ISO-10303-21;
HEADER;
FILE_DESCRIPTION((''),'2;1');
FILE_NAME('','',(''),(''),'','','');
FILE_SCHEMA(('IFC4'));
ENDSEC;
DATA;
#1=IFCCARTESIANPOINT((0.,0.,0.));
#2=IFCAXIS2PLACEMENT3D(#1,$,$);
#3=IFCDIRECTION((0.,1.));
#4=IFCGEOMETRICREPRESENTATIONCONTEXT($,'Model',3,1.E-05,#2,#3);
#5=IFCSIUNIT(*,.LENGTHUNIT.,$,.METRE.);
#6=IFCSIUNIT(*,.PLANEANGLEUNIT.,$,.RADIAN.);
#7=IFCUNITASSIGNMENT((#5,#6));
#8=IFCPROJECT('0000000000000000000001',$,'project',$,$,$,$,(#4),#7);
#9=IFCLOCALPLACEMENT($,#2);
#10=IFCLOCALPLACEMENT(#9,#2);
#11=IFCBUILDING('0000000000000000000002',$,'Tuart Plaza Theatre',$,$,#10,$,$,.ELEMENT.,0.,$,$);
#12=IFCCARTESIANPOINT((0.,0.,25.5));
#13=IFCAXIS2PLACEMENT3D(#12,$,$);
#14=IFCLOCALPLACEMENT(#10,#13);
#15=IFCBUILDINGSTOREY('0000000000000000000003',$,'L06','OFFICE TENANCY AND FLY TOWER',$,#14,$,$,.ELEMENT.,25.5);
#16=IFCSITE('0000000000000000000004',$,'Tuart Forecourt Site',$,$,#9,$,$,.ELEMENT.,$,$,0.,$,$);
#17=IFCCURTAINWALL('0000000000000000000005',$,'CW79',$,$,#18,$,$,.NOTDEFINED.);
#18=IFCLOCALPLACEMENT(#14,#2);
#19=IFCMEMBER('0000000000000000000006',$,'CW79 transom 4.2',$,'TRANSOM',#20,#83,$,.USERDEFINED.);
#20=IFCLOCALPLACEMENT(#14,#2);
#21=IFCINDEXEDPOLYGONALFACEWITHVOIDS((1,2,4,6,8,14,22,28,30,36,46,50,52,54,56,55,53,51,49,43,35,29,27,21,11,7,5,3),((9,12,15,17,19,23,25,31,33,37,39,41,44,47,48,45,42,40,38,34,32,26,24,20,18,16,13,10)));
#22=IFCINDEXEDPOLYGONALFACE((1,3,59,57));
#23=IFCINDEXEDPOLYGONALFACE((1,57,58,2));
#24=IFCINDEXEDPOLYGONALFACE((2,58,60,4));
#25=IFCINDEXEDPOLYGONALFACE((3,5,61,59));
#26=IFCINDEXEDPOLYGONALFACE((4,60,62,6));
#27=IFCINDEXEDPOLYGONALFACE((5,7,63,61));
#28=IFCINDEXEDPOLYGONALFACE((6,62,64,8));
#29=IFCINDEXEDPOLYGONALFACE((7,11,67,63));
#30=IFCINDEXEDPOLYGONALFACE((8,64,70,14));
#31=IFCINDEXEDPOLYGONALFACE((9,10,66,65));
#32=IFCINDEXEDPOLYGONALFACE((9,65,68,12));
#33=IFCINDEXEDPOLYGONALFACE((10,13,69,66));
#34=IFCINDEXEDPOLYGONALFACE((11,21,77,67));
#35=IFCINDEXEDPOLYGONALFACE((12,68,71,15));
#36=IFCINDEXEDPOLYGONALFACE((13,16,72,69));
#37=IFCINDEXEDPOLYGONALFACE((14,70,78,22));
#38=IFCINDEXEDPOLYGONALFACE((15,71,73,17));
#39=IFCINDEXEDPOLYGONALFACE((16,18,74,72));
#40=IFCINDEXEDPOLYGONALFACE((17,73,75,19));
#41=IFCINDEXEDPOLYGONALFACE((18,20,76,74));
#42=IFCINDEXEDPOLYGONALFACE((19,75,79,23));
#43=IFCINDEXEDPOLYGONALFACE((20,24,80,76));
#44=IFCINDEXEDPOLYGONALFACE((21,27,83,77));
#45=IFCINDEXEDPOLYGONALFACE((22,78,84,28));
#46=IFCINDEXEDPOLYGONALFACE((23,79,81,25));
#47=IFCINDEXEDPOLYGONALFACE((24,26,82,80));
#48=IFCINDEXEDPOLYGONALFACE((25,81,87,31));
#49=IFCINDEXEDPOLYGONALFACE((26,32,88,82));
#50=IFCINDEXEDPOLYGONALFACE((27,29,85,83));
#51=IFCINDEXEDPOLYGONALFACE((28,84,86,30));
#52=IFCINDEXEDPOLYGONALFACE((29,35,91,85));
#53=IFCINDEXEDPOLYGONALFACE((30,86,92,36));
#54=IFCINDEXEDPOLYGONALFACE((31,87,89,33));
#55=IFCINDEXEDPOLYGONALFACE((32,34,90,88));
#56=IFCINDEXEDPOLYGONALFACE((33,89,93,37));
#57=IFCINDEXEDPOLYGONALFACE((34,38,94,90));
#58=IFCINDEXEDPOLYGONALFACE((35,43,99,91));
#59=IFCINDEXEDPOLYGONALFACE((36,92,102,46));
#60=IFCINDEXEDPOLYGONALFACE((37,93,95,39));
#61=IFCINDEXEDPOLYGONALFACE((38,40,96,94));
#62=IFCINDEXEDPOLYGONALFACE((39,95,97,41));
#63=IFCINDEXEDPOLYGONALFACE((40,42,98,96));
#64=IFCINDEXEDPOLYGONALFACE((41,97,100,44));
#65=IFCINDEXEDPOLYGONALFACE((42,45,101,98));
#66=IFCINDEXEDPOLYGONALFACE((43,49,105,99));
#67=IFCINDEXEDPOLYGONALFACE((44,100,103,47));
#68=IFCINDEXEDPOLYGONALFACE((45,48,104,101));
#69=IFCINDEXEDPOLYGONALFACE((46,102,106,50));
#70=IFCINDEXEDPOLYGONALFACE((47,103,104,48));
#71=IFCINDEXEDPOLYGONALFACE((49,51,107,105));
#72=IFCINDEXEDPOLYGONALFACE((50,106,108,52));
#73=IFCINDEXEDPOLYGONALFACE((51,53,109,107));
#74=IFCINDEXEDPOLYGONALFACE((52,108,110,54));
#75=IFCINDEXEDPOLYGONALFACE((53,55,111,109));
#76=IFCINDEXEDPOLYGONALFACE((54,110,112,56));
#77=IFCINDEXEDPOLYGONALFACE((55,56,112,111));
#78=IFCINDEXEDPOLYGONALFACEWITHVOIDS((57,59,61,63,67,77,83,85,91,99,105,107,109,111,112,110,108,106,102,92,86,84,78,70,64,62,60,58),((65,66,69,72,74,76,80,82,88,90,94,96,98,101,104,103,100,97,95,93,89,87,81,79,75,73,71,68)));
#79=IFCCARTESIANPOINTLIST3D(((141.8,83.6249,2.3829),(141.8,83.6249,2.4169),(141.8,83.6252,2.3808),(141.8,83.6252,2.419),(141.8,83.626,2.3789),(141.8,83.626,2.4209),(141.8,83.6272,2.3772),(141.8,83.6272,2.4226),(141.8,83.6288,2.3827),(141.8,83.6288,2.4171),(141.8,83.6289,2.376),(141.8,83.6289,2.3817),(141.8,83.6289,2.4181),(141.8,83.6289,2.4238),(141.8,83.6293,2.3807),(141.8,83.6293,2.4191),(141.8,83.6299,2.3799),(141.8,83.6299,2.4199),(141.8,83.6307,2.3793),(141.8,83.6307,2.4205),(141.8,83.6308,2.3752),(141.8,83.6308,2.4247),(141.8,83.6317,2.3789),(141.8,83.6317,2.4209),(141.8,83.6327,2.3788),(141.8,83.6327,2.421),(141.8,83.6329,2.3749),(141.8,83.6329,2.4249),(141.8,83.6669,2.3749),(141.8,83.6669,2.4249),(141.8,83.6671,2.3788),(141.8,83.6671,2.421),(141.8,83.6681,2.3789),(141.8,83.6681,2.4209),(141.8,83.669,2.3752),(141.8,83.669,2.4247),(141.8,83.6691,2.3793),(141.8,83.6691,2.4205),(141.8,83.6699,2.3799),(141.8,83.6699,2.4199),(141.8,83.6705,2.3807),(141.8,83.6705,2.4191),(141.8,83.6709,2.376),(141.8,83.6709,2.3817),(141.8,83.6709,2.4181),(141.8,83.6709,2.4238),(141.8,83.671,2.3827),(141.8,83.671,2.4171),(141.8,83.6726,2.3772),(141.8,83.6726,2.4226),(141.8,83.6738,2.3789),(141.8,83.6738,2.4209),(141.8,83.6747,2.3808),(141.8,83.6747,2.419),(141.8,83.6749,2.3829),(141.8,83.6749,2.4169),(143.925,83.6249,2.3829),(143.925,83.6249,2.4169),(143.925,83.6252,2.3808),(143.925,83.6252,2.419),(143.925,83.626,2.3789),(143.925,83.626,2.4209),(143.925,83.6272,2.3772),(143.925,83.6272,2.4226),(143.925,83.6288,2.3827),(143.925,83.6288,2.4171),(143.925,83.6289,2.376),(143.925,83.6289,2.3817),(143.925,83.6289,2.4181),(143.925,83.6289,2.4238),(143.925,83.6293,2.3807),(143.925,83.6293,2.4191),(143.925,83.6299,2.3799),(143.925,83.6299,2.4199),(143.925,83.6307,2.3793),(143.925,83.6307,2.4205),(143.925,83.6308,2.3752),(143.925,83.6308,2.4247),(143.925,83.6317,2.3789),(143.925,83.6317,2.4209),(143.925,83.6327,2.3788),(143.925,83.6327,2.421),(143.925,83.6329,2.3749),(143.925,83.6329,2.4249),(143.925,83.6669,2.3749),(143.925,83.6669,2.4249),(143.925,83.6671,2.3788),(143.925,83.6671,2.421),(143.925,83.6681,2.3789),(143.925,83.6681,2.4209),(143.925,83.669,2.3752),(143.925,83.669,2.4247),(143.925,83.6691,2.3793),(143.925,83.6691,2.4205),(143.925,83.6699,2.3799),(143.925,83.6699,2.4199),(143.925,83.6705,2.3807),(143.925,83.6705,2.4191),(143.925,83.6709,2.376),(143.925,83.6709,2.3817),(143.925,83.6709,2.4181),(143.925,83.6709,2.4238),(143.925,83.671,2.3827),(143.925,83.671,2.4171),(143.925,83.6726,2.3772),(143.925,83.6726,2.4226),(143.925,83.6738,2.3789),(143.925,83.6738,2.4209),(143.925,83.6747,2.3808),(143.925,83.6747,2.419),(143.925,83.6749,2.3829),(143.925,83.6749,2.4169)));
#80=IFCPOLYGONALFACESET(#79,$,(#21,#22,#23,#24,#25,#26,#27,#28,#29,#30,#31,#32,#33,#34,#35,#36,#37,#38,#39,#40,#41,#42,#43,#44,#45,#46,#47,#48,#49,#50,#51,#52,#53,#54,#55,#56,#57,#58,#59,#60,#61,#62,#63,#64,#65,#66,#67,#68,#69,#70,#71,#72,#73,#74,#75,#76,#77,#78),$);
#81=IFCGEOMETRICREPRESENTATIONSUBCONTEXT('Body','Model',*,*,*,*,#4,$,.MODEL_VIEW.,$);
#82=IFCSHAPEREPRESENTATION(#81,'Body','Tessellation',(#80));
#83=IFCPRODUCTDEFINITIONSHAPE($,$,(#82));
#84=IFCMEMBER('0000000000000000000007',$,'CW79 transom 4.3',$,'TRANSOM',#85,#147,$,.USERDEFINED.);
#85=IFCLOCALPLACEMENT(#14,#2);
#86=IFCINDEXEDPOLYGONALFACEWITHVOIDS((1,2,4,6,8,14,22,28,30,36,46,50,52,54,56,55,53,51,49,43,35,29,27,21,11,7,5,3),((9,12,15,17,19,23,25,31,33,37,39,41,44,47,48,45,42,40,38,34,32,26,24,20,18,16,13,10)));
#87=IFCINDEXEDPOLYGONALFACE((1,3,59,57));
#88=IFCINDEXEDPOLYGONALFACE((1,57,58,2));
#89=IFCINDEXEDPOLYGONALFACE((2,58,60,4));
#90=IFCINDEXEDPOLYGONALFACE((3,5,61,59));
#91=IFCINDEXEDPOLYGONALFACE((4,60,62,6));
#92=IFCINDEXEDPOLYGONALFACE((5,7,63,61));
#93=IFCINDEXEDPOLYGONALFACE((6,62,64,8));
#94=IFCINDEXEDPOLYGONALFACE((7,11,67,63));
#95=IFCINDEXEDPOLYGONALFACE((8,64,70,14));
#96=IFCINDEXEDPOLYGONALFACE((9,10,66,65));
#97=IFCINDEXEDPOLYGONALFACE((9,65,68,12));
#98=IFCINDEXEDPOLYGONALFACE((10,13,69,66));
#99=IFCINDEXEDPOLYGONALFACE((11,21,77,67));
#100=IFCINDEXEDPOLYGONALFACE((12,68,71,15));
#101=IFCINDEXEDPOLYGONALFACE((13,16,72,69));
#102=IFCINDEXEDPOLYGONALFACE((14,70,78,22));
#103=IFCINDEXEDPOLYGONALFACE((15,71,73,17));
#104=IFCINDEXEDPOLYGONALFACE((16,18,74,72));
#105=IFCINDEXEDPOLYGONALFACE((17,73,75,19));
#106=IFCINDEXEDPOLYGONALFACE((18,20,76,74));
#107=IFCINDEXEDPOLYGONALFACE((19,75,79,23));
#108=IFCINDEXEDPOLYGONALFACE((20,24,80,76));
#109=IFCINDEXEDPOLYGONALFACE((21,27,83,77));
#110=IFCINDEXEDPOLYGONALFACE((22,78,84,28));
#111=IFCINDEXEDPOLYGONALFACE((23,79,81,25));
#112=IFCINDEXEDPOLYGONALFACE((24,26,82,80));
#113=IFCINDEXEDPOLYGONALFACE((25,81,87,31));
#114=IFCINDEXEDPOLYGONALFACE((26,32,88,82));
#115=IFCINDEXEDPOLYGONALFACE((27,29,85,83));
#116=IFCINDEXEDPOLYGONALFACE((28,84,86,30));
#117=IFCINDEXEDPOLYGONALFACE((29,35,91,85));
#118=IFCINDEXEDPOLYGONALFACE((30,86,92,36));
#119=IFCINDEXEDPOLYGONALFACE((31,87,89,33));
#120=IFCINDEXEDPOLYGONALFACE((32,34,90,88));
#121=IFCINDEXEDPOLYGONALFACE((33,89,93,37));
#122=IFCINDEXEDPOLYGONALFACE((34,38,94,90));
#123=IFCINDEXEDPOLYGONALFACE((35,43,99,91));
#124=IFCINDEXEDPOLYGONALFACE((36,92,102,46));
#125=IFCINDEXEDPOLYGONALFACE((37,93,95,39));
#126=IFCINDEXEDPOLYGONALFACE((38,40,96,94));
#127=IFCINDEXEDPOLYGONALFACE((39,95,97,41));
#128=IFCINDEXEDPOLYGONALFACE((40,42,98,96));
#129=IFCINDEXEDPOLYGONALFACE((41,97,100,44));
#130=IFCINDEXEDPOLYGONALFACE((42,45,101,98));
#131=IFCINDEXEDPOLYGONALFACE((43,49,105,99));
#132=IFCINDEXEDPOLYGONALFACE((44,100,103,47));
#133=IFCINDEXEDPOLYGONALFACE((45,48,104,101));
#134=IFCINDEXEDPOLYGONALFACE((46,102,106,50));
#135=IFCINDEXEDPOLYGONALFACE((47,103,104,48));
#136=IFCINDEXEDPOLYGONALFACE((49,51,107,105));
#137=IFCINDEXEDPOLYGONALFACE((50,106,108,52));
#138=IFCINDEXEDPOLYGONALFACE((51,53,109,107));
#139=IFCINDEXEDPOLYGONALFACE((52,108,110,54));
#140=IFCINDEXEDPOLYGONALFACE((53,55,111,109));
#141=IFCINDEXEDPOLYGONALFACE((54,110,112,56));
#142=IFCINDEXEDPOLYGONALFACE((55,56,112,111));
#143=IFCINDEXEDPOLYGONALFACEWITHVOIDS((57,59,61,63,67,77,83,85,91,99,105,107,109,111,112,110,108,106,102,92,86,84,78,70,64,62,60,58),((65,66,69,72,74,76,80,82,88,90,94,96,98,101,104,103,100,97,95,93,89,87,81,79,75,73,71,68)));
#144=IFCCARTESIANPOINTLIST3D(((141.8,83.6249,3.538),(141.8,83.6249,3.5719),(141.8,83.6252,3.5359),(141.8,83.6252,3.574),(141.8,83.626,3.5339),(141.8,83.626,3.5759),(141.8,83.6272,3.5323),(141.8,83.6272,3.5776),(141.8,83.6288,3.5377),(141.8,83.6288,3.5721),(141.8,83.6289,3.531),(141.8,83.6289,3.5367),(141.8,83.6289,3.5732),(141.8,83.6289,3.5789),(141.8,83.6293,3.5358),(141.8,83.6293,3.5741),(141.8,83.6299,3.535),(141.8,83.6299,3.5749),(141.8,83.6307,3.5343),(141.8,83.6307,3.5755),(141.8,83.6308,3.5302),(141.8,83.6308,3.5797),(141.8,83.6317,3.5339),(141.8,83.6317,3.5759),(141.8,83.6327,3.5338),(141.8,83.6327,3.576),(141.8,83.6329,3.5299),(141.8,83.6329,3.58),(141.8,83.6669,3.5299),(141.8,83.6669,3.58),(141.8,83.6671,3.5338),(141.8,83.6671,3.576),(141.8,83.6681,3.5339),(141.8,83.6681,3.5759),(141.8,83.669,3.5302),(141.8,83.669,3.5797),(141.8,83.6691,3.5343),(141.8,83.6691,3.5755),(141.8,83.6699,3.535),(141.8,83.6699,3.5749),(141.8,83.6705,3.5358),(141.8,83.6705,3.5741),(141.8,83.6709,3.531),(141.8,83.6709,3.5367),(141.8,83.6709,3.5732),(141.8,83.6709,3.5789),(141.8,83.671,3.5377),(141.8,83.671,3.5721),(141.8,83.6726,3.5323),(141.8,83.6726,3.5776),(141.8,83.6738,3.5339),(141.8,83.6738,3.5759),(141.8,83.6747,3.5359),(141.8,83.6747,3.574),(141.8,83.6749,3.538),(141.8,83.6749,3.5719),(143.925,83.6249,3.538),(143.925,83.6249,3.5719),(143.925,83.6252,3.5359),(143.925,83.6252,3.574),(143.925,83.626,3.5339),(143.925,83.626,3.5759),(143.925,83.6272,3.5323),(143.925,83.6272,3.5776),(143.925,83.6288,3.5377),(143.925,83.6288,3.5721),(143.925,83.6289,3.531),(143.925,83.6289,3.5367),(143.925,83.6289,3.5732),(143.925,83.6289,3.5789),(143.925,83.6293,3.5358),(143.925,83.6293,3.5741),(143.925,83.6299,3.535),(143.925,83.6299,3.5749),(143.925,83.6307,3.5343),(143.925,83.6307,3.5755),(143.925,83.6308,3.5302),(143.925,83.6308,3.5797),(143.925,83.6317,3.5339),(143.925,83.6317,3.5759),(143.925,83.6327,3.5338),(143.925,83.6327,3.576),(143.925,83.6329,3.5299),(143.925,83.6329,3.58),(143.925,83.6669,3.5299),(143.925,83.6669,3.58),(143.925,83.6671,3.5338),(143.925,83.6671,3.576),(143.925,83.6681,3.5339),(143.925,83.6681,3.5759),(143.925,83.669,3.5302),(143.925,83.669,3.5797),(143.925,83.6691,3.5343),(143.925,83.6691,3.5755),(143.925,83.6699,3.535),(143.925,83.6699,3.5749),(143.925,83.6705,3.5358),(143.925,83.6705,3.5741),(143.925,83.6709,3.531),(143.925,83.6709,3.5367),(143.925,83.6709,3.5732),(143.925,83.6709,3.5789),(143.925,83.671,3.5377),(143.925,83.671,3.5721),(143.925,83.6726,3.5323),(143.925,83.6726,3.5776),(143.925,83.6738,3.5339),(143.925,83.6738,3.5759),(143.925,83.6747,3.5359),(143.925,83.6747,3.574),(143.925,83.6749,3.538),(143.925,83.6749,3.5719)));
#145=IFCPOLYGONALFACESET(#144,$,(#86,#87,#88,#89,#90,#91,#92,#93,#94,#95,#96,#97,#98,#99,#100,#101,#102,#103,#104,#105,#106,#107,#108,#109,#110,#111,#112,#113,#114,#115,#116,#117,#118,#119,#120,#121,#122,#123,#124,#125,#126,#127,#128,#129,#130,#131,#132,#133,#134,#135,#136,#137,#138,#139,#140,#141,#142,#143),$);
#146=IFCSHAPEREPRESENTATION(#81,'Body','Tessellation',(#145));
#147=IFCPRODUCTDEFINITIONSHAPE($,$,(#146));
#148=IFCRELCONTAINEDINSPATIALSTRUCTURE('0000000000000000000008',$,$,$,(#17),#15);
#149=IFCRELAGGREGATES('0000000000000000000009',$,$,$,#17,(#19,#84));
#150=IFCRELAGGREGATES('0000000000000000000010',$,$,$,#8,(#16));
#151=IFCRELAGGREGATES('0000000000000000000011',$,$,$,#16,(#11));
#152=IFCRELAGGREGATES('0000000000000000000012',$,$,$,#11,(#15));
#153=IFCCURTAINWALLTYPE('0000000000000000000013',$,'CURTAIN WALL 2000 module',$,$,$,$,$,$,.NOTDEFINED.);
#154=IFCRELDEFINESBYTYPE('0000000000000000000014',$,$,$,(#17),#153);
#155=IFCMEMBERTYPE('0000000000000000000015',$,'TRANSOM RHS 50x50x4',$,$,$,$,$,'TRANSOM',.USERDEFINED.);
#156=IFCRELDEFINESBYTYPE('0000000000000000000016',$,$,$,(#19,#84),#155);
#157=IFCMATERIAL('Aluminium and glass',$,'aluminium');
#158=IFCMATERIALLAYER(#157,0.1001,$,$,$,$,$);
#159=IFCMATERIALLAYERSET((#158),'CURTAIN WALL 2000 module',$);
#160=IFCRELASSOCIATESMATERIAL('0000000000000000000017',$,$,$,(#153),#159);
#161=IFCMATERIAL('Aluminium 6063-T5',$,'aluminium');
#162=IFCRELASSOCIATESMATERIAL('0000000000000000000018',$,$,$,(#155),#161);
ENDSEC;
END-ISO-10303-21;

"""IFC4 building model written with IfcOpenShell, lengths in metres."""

from ifc_helpers import new_model, si_unit, direction, frame, origin, origin_2d, place, context, subcontext, project, spatial, hollow_rectangle, extrude, material, layer, layer_set, material_profile, profile_set, type_object, element, aggregate, save


model = new_model("IFC4")

# Units and contexts
model_context = context("Model", 3, precision=1e-05, world=origin(), true_north=direction((0.0, 1.0)))
body_context = subcontext(model_context, "Body", "Model", "MODEL_VIEW")
ifc_project = project(units=[si_unit("LENGTHUNIT", "METRE"), si_unit("PLANEANGLEUNIT", "RADIAN")], contexts=[model_context])

# Site, building, storey
site_placement = place(None, origin())
site = spatial("IfcSite", under=ifc_project, at=site_placement, Name="Tuart Forecourt Site", CompositionType="ELEMENT", RefElevation=0.0)
building_placement = place(site_placement, origin())
building = spatial("IfcBuilding", under=site, at=building_placement, Name="Tuart Plaza Theatre", CompositionType="ELEMENT", ElevationOfRefHeight=0.0)
storey_placement = place(building_placement, frame((0.0, 0.0, 25.5)))
storey = spatial("IfcBuildingStorey", under=building, at=storey_placement, Name="L06", Description="OFFICE TENANCY AND FLY TOWER", CompositionType="ELEMENT", Elevation=25.5)

# Shared definitions
ifc_material_1 = material(Name="Aluminium and glass", Category="aluminium")
ifc_layer_1 = layer(ifc_material_1, 0.1001)
ifc_layer_set_1 = layer_set([ifc_layer_1], Name="CURTAIN WALL 2000 module")
curtain_wall_type = type_object("IfcCurtainWallType", Name="CURTAIN WALL 2000 module", PredefinedType="NOTDEFINED", material=ifc_layer_set_1)

# Curtain wall
curtain_wall_1_placement = place(storey_placement, origin())
curtain_wall_1 = element("IfcCurtainWall", 1, at=curtain_wall_1_placement, inside=storey, type_object=curtain_wall_type, Name="CW79", PredefinedType="NOTDEFINED")

# Members
ifc_material_2 = material(Name="Aluminium 6063-T5", Category="aluminium")
ifc_material_profile_1 = material_profile(ifc_material_2, hollow_rectangle(XDim=0.05, YDim=0.05, WallThickness=0.0039, InnerFilletRadius=0.0039, OuterFilletRadius=0.0081, at=origin_2d()), Name="RHS 50x50x4")
ifc_profile_set_1 = profile_set([ifc_material_profile_1], Name="Aluminium 6063-T5")
member_type_1 = type_object("IfcMemberType", Name="TRANSOM RHS 50x50x4", ElementType="TRANSOM", PredefinedType="USERDEFINED", material=ifc_profile_set_1)
member_1_placement = place(storey_placement, frame((143.925, 83.6499, 2.3999), z_axis=(-1.0, 0.0, 0.0), x_axis=(0.0, -1.0, 0.0)))
member_1 = element("IfcMember", 2, at=member_1_placement, type_object=member_type_1, Name="CW79 transom 4.2", ObjectType="TRANSOM", PredefinedType="USERDEFINED", context=body_context, shape_type="SweptSolid", body=[
    extrude(hollow_rectangle(XDim=0.05, YDim=0.05, WallThickness=0.0039, InnerFilletRadius=0.0039, OuterFilletRadius=0.0081, at=origin_2d()), origin(), (0.0, 0.0, 1.0), 2.125),
])
member_2_placement = place(storey_placement, frame((143.925, 83.6499, 3.5549), z_axis=(-1.0, 0.0, 0.0), x_axis=(0.0, -1.0, 0.0)))
member_2 = element("IfcMember", 3, at=member_2_placement, type_object=member_type_1, Name="CW79 transom 4.3", ObjectType="TRANSOM", PredefinedType="USERDEFINED", context=body_context, shape_type="SweptSolid", body=[
    extrude(hollow_rectangle(XDim=0.05, YDim=0.05, WallThickness=0.0039, InnerFilletRadius=0.0039, OuterFilletRadius=0.0081, at=origin_2d()), origin(), (0.0, 0.0, 1.0), 2.125),
])

aggregate(curtain_wall_1, [member_1, member_2])

save(model, "model.ifc")
